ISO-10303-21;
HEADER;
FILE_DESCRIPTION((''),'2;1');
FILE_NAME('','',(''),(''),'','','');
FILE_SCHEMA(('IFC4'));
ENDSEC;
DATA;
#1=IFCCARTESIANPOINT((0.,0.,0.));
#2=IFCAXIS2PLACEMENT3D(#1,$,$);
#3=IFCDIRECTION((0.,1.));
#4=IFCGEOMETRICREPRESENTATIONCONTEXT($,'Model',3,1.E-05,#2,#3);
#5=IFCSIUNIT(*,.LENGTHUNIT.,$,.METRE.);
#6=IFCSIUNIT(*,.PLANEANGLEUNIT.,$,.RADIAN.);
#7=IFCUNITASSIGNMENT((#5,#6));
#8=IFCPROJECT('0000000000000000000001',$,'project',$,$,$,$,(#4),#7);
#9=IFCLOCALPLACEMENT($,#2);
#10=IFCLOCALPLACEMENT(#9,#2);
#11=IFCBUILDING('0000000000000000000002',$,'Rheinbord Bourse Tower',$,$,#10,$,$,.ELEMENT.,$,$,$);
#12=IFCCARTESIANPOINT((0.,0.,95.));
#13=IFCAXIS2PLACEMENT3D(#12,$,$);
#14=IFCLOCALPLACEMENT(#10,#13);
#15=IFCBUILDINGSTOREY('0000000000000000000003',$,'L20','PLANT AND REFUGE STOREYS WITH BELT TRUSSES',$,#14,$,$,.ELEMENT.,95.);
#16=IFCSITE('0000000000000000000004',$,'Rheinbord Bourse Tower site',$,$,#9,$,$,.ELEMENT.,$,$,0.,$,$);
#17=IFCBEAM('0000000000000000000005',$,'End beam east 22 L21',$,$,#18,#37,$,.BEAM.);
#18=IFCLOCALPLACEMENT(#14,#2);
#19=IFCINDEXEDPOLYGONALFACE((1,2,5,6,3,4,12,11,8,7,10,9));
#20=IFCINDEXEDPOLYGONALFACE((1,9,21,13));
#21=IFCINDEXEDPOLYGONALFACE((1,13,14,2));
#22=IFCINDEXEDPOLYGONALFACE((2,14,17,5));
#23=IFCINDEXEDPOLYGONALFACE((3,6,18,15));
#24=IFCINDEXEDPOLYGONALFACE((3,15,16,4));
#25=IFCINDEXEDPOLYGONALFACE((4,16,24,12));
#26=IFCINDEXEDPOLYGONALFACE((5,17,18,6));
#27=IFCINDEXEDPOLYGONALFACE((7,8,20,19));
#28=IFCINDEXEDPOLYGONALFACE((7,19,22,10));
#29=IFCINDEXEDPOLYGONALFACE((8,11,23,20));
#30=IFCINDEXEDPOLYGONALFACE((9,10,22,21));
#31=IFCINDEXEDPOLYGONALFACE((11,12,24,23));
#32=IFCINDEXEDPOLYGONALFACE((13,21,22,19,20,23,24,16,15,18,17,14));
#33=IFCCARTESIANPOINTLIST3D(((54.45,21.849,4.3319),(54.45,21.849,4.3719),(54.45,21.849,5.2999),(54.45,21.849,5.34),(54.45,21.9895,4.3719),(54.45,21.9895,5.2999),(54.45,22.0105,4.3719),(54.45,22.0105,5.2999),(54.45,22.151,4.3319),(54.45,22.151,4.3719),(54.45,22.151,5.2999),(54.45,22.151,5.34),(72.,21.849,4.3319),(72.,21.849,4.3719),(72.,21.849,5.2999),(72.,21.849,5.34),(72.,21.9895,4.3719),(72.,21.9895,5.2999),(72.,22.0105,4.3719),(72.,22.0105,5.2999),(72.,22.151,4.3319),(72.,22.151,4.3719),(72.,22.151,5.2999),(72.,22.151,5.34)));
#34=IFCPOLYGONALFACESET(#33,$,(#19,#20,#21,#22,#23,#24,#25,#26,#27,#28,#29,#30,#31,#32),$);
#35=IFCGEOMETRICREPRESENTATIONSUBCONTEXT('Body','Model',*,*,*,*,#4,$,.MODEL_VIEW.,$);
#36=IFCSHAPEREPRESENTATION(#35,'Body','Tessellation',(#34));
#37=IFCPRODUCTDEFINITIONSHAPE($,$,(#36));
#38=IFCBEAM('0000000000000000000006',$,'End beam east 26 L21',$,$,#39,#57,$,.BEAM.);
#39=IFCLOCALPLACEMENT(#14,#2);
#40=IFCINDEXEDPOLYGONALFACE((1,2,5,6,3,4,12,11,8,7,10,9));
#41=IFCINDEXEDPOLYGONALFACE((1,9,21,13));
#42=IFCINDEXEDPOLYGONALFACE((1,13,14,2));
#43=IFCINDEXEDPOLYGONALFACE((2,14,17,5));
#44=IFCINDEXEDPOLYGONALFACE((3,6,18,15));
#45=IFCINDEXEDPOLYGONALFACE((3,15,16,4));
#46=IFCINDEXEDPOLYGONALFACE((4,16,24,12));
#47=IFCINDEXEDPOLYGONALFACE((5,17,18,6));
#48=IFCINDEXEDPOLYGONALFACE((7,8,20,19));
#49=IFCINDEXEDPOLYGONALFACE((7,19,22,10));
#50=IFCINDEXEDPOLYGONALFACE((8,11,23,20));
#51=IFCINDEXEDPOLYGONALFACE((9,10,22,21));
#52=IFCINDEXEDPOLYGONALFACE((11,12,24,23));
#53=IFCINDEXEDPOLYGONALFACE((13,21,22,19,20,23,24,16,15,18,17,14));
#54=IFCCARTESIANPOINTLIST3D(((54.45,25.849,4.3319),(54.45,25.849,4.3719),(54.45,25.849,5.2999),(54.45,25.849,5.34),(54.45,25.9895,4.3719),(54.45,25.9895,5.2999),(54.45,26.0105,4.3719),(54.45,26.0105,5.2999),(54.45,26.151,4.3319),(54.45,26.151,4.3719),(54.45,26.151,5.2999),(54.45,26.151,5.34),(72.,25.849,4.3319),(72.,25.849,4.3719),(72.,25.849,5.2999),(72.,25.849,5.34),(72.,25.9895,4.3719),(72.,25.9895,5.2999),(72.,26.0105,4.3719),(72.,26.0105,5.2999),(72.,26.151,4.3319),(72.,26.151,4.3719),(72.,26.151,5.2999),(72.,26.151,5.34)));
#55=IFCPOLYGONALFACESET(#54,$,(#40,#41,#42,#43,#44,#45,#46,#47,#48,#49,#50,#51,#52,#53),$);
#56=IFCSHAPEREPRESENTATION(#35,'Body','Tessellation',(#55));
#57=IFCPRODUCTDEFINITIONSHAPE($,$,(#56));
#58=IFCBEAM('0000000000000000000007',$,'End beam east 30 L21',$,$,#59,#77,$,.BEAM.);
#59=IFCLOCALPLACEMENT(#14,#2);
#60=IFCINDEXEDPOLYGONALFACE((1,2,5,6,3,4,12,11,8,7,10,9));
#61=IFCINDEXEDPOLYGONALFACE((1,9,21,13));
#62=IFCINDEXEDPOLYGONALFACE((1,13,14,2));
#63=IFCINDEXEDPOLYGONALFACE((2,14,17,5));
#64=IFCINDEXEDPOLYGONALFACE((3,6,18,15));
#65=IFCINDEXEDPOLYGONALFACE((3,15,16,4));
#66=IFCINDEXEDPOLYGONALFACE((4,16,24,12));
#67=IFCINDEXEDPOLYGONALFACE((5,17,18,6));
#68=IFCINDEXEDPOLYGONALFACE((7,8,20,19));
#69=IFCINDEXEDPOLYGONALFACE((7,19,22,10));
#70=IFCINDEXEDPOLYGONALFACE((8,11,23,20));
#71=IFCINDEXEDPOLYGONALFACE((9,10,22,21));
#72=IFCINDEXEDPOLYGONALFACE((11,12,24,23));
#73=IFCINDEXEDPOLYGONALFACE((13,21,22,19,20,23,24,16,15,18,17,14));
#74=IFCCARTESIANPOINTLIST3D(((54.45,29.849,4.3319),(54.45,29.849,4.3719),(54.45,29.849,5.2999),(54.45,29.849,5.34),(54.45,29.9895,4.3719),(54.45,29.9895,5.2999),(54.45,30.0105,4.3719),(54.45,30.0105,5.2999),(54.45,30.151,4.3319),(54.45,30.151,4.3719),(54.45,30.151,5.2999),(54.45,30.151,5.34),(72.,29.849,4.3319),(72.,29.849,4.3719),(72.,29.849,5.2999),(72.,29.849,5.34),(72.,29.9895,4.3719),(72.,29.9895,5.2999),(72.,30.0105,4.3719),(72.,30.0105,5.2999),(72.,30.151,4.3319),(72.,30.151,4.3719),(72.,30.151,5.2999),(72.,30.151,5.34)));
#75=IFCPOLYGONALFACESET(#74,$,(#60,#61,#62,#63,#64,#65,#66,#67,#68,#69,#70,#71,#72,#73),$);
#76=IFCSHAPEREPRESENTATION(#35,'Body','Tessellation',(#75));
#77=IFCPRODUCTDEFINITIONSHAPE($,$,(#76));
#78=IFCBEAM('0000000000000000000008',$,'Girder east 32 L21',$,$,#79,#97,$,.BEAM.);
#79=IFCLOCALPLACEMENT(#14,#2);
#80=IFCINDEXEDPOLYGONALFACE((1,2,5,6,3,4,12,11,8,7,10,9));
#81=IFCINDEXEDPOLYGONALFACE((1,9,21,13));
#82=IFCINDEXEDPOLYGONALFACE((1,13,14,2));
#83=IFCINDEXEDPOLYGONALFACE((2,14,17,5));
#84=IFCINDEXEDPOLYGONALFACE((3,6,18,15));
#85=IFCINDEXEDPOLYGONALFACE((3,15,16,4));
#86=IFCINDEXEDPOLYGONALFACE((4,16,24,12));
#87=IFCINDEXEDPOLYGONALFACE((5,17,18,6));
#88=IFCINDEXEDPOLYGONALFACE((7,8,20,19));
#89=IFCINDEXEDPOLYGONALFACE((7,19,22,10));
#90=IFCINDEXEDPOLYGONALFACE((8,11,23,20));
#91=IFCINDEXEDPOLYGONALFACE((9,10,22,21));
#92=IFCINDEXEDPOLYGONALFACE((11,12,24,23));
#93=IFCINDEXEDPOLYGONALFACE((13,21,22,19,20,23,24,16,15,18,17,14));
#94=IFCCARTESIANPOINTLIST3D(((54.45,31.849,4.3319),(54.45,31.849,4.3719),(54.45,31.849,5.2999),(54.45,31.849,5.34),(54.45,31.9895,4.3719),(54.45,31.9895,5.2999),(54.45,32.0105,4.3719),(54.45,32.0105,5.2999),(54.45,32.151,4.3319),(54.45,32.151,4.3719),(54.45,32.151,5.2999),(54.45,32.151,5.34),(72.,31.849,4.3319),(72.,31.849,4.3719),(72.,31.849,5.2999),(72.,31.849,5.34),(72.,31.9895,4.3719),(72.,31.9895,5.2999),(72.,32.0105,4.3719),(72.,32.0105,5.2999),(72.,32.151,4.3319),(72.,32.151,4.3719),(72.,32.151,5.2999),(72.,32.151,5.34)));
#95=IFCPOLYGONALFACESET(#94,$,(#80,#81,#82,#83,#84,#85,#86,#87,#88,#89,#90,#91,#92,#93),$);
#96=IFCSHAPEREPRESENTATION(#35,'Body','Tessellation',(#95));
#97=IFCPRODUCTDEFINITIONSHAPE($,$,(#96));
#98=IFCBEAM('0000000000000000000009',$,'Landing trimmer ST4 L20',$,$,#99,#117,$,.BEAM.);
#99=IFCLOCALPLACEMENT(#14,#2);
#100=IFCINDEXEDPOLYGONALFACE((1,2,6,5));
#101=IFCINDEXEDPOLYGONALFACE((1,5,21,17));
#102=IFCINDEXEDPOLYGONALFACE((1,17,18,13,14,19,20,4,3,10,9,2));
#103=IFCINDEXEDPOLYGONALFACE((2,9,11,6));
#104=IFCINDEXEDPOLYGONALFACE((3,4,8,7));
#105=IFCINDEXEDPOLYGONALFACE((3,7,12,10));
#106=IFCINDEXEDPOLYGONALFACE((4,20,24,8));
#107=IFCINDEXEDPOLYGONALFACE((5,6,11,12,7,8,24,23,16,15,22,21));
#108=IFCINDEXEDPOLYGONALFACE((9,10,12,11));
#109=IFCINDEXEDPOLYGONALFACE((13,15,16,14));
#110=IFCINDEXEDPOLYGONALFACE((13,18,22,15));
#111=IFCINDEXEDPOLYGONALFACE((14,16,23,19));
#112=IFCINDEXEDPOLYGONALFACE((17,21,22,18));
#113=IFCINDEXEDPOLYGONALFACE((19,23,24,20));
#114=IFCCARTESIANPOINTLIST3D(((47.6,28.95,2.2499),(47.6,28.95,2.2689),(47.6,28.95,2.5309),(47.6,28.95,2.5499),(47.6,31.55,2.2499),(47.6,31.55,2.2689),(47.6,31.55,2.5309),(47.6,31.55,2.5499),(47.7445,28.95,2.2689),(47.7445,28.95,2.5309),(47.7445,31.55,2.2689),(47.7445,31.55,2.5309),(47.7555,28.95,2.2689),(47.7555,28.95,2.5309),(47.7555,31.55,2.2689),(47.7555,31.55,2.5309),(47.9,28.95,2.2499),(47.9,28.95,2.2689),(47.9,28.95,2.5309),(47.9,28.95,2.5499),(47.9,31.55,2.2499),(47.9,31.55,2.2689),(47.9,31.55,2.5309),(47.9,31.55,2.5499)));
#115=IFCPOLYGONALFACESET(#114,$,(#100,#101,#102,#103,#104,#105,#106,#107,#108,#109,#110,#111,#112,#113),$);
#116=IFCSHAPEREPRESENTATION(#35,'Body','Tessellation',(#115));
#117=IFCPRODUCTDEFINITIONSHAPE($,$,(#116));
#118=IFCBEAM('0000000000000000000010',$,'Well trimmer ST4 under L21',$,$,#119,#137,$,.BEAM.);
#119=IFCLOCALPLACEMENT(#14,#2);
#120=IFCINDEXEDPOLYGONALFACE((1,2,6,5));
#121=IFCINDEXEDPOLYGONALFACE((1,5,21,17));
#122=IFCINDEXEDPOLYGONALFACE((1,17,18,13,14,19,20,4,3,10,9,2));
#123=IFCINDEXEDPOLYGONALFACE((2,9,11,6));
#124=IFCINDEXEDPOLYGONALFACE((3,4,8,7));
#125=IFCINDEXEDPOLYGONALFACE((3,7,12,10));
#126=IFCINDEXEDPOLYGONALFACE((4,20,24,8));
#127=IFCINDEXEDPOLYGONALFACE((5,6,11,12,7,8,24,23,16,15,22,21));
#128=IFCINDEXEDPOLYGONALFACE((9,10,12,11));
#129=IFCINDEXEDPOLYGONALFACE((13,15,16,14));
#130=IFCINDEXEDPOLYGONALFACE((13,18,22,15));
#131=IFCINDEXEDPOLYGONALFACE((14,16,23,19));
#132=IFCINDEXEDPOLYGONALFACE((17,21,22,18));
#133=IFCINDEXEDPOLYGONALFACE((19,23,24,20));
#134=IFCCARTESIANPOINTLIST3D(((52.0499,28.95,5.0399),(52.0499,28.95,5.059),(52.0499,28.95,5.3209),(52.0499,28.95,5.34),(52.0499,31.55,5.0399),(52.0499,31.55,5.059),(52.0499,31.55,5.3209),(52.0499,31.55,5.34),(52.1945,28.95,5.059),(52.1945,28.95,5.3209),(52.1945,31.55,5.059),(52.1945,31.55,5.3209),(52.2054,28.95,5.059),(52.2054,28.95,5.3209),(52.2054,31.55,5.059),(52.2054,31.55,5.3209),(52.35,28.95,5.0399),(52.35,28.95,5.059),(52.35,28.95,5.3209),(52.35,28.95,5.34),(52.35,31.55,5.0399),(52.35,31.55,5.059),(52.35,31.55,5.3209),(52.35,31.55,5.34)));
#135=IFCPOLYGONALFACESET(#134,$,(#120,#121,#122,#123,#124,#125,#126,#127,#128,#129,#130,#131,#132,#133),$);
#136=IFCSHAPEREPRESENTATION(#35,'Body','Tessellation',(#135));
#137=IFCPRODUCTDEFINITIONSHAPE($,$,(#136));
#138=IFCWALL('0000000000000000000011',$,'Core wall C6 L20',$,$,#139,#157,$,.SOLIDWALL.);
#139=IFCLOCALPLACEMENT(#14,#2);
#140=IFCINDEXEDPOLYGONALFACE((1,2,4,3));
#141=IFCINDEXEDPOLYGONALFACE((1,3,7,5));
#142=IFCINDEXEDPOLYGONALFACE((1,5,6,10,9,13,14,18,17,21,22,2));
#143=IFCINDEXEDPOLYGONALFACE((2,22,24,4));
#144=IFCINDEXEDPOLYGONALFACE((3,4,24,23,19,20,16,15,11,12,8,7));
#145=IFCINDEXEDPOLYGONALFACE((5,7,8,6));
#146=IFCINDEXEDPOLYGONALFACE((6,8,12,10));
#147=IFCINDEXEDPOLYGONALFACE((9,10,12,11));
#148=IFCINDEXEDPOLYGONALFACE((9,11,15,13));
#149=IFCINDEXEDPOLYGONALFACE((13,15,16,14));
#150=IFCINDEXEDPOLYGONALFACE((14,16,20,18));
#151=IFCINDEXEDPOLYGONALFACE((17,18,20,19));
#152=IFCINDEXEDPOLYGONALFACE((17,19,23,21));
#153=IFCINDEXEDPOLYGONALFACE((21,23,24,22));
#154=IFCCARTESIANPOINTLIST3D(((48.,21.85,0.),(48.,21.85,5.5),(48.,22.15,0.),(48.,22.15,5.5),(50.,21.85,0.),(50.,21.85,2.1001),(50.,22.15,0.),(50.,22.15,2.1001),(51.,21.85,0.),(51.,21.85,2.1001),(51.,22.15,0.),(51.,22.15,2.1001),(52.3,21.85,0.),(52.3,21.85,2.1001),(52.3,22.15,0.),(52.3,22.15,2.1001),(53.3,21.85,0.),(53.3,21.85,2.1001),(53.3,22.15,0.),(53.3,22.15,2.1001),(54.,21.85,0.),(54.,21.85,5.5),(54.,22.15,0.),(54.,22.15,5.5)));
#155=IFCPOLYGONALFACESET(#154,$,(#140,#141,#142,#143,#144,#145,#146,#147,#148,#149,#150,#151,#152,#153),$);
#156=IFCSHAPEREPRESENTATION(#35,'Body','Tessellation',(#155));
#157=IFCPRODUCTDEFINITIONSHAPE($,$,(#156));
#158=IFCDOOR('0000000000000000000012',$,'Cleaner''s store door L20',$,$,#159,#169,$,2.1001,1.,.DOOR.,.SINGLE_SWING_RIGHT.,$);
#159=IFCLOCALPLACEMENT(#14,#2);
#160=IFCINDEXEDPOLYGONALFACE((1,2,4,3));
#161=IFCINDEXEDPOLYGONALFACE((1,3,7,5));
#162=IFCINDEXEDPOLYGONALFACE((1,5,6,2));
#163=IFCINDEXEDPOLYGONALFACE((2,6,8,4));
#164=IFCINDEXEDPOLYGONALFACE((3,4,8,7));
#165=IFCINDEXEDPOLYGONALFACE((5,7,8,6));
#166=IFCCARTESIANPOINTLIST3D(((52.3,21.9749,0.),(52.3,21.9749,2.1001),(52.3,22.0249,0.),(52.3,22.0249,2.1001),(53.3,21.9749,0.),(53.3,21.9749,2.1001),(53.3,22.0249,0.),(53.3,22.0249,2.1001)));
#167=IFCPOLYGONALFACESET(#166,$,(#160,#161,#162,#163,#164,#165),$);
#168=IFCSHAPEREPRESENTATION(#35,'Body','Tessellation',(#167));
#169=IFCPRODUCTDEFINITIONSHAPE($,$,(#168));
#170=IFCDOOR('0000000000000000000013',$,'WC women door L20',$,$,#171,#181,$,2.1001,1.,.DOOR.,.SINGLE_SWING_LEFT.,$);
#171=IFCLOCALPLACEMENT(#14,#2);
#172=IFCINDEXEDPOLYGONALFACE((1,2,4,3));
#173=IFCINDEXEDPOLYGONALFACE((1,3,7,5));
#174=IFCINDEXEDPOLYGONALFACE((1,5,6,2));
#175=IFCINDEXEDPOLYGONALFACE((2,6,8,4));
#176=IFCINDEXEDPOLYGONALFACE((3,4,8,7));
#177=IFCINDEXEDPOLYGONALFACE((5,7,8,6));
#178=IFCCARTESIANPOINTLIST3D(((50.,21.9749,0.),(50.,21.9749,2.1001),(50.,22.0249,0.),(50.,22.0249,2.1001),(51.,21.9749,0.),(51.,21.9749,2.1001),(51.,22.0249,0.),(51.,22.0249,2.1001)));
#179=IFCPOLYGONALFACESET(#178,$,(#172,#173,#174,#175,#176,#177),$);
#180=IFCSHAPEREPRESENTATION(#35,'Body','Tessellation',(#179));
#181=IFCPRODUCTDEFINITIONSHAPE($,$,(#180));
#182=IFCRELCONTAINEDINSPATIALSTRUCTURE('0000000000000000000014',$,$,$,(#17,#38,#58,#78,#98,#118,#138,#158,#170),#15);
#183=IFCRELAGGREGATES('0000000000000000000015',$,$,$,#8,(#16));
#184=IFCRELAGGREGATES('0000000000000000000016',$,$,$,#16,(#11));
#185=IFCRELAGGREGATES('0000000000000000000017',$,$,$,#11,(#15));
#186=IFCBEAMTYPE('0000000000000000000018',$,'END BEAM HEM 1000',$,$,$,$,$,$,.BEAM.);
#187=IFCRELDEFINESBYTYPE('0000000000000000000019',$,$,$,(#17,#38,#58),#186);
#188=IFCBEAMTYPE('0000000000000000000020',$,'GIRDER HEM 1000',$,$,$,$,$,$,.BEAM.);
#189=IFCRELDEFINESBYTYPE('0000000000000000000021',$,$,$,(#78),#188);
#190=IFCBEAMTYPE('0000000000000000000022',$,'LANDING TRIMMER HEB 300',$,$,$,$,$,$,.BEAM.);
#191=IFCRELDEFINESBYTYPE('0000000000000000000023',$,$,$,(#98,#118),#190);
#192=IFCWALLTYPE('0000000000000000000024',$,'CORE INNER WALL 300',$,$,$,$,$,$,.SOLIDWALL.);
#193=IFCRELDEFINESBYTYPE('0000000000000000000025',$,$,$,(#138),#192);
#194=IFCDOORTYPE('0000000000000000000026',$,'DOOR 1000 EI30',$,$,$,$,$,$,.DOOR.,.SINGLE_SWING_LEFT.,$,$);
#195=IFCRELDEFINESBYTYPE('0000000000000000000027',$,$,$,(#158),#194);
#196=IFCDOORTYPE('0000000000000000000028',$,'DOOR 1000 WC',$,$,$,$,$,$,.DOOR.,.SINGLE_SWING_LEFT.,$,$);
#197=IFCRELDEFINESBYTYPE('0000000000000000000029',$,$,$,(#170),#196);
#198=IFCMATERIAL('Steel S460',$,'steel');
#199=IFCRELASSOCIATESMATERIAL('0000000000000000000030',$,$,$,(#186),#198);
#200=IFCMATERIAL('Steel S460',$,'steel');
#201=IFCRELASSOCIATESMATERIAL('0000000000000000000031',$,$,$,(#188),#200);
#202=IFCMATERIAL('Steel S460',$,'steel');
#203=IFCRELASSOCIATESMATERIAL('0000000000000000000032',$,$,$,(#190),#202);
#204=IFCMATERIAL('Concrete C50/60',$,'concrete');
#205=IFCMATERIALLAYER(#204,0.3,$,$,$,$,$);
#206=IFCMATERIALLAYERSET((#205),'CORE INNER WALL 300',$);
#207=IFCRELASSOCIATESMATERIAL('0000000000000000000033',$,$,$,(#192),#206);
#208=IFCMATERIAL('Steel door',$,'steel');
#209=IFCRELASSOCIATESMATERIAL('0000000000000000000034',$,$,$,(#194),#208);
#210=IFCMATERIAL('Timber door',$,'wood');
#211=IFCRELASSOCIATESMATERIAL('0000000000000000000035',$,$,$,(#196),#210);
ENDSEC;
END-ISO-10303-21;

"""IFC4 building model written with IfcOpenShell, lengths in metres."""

from ifc_helpers import new_model, si_unit, direction, frame, frame_2d, origin, origin_2d, place, context, subcontext, project, spatial, rectangle, i_section, extrude, material, layer, layer_set, material_profile, profile_set, type_object, element, fill, save


model = new_model("IFC4")

# Units and contexts
model_context = context("Model", 3, precision=1e-05, world=origin(), true_north=direction((0.0, 1.0)))
body_context = subcontext(model_context, "Body", "Model", "MODEL_VIEW")
ifc_project = project(units=[si_unit("LENGTHUNIT", "METRE"), si_unit("PLANEANGLEUNIT", "RADIAN")], contexts=[model_context])

# Site, building, storey
site_placement = place(None, origin())
site = spatial("IfcSite", under=ifc_project, at=site_placement, Name="Rheinbord Bourse Tower site", CompositionType="ELEMENT", RefElevation=0.0)
building_placement = place(site_placement, origin())
building = spatial("IfcBuilding", under=site, at=building_placement, Name="Rheinbord Bourse Tower", CompositionType="ELEMENT")
storey_placement = place(building_placement, frame((0.0, 0.0, 95.0)))
storey = spatial("IfcBuildingStorey", under=building, at=storey_placement, Name="L20", Description="PLANT AND REFUGE STOREYS WITH BELT TRUSSES", CompositionType="ELEMENT", Elevation=95.0)

# Beams
ifc_material_1 = material(Name="Steel S460", Category="steel")
ifc_material_profile_1 = material_profile(ifc_material_1, i_section(OverallWidth=0.302, OverallDepth=1.0081, WebThickness=0.021, FlangeThickness=0.04, at=origin_2d()), Name="HEM 1000")
ifc_profile_set_1 = profile_set([ifc_material_profile_1], Name="Steel S460")
beam_type_1 = type_object("IfcBeamType", Name="END BEAM HEM 1000", PredefinedType="BEAM", material=ifc_profile_set_1)
for number, where, z_axis, x_axis, name in (
    (1, (54.45, 22.0, 4.8359), (1.0, 0.0, 0.0), (0.0, 1.0, 0.0), "End beam east 22 L21"),
    (2, (54.45, 26.0, 4.8359), (1.0, 0.0, 0.0), (0.0, 1.0, 0.0), "End beam east 26 L21"),
    (3, (54.45, 30.0, 4.8359), (1.0, 0.0, 0.0), (0.0, 1.0, 0.0), "End beam east 30 L21"),
):
    element("IfcBeam", number, at=place(storey_placement, frame(where, z_axis=z_axis, x_axis=x_axis)), inside=storey, type_object=beam_type_1, Name=name, PredefinedType="BEAM", context=body_context, shape_type="SweptSolid", body=[
        extrude(i_section(OverallWidth=0.302, OverallDepth=1.0081, WebThickness=0.021, FlangeThickness=0.04, at=origin_2d()), origin(), (0.0, 0.0, 1.0), 17.55),
    ])
ifc_material_2 = material(Name="Steel S460", Category="steel")
ifc_material_profile_2 = material_profile(ifc_material_2, i_section(OverallWidth=0.302, OverallDepth=1.0081, WebThickness=0.021, FlangeThickness=0.04, at=origin_2d()), Name="HEM 1000")
ifc_profile_set_2 = profile_set([ifc_material_profile_2], Name="Steel S460")
beam_type_2 = type_object("IfcBeamType", Name="GIRDER HEM 1000", PredefinedType="BEAM", material=ifc_profile_set_2)
beam_placement = place(storey_placement, frame((54.45, 32.0, 4.8359), z_axis=(1.0, 0.0, 0.0), x_axis=(0.0, 1.0, 0.0)))
element("IfcBeam", 4, at=beam_placement, inside=storey, type_object=beam_type_2, Name="Girder east 32 L21", PredefinedType="BEAM", context=body_context, shape_type="SweptSolid", body=[
    extrude(i_section(OverallWidth=0.302, OverallDepth=1.0081, WebThickness=0.021, FlangeThickness=0.04, at=origin_2d()), origin(), (0.0, 0.0, 1.0), 17.55),
])
ifc_material_3 = material(Name="Steel S460", Category="steel")
ifc_material_profile_3 = material_profile(ifc_material_3, i_section(OverallWidth=0.3, OverallDepth=0.3, WebThickness=0.011, FlangeThickness=0.019, at=origin_2d()), Name="HEB 300")
ifc_profile_set_3 = profile_set([ifc_material_profile_3], Name="Steel S460")
beam_type_3 = type_object("IfcBeamType", Name="LANDING TRIMMER HEB 300", PredefinedType="BEAM", material=ifc_profile_set_3)
for number, where, z_axis, x_axis, name in (
    (5, (47.75, 28.95, 2.3999), (0.0, 1.0, 0.0), (-1.0, 0.0, 0.0), "Landing trimmer ST4 L20"),
    (6, (52.2, 28.95, 5.1899), (0.0, 1.0, 0.0), (-1.0, 0.0, 0.0), "Well trimmer ST4 under L21"),
):
    element("IfcBeam", number, at=place(storey_placement, frame(where, z_axis=z_axis, x_axis=x_axis)), inside=storey, type_object=beam_type_3, Name=name, PredefinedType="BEAM", context=body_context, shape_type="SweptSolid", body=[
        extrude(i_section(OverallWidth=0.3, OverallDepth=0.3, WebThickness=0.011, FlangeThickness=0.019, at=origin_2d()), origin(), (0.0, 0.0, 1.0), 2.6001),
    ])

# Wall, openings, doors
ifc_material_4 = material(Name="Concrete C50/60", Category="concrete")
ifc_layer_1 = layer(ifc_material_4, 0.3)
ifc_layer_set_1 = layer_set([ifc_layer_1], Name="CORE INNER WALL 300")
wall_type_1 = type_object("IfcWallType", Name="CORE INNER WALL 300", PredefinedType="SOLIDWALL", material=ifc_layer_set_1)
wall_1_placement = place(storey_placement, frame((48.0, 22.0, 0.0), z_axis=(0.0, 0.0, 1.0), x_axis=(1.0, 0.0, 0.0)))
wall_1 = element("IfcWall", 7, at=wall_1_placement, inside=storey, type_object=wall_type_1, Name="Core wall C6 L20", PredefinedType="SOLIDWALL", context=body_context, shape_type="SweptSolid", body=[
    extrude(rectangle(XDim=6.0, YDim=0.3, at=frame_2d((3.0, 0.0))), origin(), (0.0, 0.0, 1.0), 5.5),
])
opening_1_placement = place(wall_1_placement, frame((2.0, 0.0, 0.0)))
opening_1 = element("IfcOpeningElement", 8, at=opening_1_placement, cuts=wall_1, PredefinedType="OPENING", context=body_context, shape_type="SweptSolid", body=[
    extrude(rectangle(XDim=1.0, YDim=2.1001, at=frame_2d((0.5, 1.05))), frame((0.0, 0.1599, 0.0), z_axis=(0.0, -1.0, 0.0), x_axis=(1.0, 0.0, 0.0)), (0.0, 0.0, 1.0), 0.3201),
])
opening_2_placement = place(wall_1_placement, frame((4.3, 0.0, 0.0)))
opening_2 = element("IfcOpeningElement", 9, at=opening_2_placement, cuts=wall_1, PredefinedType="OPENING", context=body_context, shape_type="SweptSolid", body=[
    extrude(rectangle(XDim=1.0, YDim=2.1001, at=frame_2d((0.5, 1.05))), frame((0.0, 0.1599, 0.0), z_axis=(0.0, -1.0, 0.0), x_axis=(1.0, 0.0, 0.0)), (0.0, 0.0, 1.0), 0.3201),
])
ifc_material_5 = material(Name="Steel door", Category="steel")
door_type_1 = type_object("IfcDoorType", Name="DOOR 1000 EI30", OperationType="SINGLE_SWING_LEFT", PredefinedType="DOOR", material=ifc_material_5)
door_1_placement = place(opening_2_placement, origin())
door_1 = element("IfcDoor", 10, at=door_1_placement, inside=storey, type_object=door_type_1, Name="Cleaner's store door L20", OperationType="SINGLE_SWING_RIGHT", OverallHeight=2.1001, OverallWidth=1.0, PredefinedType="DOOR", context=body_context, shape_type="SweptSolid", body=[
    extrude(rectangle(XDim=1.0, YDim=2.1001, at=frame_2d((0.5, 1.05))), frame((0.0, 0.0249, 0.0), z_axis=(0.0, -1.0, 0.0), x_axis=(1.0, 0.0, 0.0)), (0.0, 0.0, 1.0), 0.05),
])
fill(opening_2, door_1)
ifc_material_6 = material(Name="Timber door", Category="wood")
door_type_2 = type_object("IfcDoorType", Name="DOOR 1000 WC", OperationType="SINGLE_SWING_LEFT", PredefinedType="DOOR", material=ifc_material_6)
door_2_placement = place(opening_1_placement, origin())
door_2 = element("IfcDoor", 11, at=door_2_placement, inside=storey, type_object=door_type_2, Name="WC women door L20", OperationType="SINGLE_SWING_LEFT", OverallHeight=2.1001, OverallWidth=1.0, PredefinedType="DOOR", context=body_context, shape_type="SweptSolid", body=[
    extrude(rectangle(XDim=1.0, YDim=2.1001, at=frame_2d((0.5, 1.05))), frame((0.0, 0.0249, 0.0), z_axis=(0.0, -1.0, 0.0), x_axis=(1.0, 0.0, 0.0)), (0.0, 0.0, 1.0), 0.05),
])
fill(opening_1, door_2)

save(model, "model.ifc")
